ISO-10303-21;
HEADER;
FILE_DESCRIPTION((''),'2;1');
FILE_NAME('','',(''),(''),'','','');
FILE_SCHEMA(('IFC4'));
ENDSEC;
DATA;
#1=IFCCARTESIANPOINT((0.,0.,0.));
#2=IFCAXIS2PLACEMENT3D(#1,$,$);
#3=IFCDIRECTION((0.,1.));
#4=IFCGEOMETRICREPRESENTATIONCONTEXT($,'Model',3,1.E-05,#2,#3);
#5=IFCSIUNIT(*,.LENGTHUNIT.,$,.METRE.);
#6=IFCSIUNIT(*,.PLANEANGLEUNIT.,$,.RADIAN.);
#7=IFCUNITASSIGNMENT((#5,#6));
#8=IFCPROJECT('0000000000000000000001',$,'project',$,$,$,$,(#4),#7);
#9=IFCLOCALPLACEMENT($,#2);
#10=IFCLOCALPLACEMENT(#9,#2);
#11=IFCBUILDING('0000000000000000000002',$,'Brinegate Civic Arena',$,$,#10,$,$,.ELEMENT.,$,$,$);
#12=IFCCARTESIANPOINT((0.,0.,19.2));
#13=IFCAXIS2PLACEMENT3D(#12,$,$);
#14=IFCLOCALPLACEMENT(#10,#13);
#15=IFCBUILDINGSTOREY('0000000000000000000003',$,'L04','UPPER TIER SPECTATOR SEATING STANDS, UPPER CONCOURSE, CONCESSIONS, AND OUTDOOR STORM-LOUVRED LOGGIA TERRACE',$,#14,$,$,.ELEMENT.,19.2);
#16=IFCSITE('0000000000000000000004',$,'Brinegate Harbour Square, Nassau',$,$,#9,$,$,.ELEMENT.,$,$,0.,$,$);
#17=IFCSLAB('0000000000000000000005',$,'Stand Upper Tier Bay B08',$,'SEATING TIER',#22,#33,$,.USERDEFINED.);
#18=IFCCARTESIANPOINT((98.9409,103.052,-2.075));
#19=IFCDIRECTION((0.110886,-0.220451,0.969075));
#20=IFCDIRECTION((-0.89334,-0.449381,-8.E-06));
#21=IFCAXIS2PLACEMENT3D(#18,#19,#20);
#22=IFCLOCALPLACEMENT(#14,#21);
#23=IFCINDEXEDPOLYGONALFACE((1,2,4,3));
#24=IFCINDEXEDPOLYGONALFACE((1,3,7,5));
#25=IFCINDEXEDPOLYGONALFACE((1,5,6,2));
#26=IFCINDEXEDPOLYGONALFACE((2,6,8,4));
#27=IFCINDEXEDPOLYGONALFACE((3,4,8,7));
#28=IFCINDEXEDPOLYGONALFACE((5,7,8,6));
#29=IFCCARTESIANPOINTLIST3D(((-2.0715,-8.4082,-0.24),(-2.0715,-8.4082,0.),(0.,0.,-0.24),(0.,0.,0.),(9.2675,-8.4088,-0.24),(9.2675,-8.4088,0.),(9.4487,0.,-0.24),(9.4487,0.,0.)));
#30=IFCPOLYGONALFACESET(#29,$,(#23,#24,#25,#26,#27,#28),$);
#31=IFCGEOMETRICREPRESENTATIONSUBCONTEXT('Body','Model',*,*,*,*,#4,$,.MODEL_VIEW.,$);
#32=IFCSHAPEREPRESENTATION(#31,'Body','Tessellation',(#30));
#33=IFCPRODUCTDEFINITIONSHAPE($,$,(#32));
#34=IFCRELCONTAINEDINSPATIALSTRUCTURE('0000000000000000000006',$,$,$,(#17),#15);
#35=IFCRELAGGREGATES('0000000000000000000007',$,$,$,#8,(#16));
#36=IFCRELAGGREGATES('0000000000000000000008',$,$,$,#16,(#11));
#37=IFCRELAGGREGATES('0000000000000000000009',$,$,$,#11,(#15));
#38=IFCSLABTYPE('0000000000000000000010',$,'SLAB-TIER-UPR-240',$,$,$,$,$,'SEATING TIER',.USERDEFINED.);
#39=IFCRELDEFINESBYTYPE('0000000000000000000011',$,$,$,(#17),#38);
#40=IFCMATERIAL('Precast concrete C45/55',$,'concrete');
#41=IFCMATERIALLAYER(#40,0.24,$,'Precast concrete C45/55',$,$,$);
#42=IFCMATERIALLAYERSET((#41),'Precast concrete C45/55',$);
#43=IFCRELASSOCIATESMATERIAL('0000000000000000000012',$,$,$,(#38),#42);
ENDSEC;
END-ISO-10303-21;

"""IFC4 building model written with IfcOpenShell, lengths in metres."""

from ifc_helpers import new_model, si_unit, direction, frame, origin, place, context, subcontext, project, spatial, polyline, outline, extrude, material, layer, layer_set, type_object, element, save


model = new_model("IFC4")

# Units and contexts
model_context = context("Model", 3, precision=1e-05, world=origin(), true_north=direction((0.0, 1.0)))
body_context = subcontext(model_context, "Body", "Model", "MODEL_VIEW")
ifc_project = project(units=[si_unit("LENGTHUNIT", "METRE"), si_unit("PLANEANGLEUNIT", "RADIAN")], contexts=[model_context])

# Site, building, storey
site_placement = place(None, origin())
site = spatial("IfcSite", under=ifc_project, at=site_placement, Name="Brinegate Harbour Square, Nassau", CompositionType="ELEMENT", RefElevation=0.0)
building_placement = place(site_placement, origin())
building = spatial("IfcBuilding", under=site, at=building_placement, Name="Brinegate Civic Arena", CompositionType="ELEMENT")
storey_placement = place(building_placement, frame((0.0, 0.0, 19.2)))
storey = spatial("IfcBuildingStorey", under=building, at=storey_placement, Name="L04", Description="UPPER TIER SPECTATOR SEATING STANDS, UPPER CONCOURSE, CONCESSIONS, AND OUTDOOR STORM-LOUVRED LOGGIA TERRACE", CompositionType="ELEMENT", Elevation=19.2)

# Slab
ifc_material_1 = material(Name="Precast concrete C45/55", Category="concrete")
ifc_layer_1 = layer(ifc_material_1, 0.24, Name="Precast concrete C45/55")
ifc_layer_set_1 = layer_set([ifc_layer_1], Name="Precast concrete C45/55")
slab_type = type_object("IfcSlabType", Name="SLAB-TIER-UPR-240", ElementType="SEATING TIER", PredefinedType="USERDEFINED", material=ifc_layer_set_1)
slab_placement = place(storey_placement, frame((98.9409, 103.052, -2.075), z_axis=(0.110886, -0.220451, 0.969075), x_axis=(-0.89334, -0.449381, -0.000008)))
element("IfcSlab", 1, at=slab_placement, inside=storey, type_object=slab_type, Name="Stand Upper Tier Bay B08", ObjectType="SEATING TIER", PredefinedType="USERDEFINED", context=body_context, shape_type="SweptSolid", body=[
    extrude(outline(polyline([(0.0, 0.0), (9.4487, 0.0), (9.2675, -8.4088), (-2.0715, -8.4082), (0.0, 0.0)])), origin(), (0.0, 0.0, -1.0), 0.24),
])

save(model, "model.ifc")
